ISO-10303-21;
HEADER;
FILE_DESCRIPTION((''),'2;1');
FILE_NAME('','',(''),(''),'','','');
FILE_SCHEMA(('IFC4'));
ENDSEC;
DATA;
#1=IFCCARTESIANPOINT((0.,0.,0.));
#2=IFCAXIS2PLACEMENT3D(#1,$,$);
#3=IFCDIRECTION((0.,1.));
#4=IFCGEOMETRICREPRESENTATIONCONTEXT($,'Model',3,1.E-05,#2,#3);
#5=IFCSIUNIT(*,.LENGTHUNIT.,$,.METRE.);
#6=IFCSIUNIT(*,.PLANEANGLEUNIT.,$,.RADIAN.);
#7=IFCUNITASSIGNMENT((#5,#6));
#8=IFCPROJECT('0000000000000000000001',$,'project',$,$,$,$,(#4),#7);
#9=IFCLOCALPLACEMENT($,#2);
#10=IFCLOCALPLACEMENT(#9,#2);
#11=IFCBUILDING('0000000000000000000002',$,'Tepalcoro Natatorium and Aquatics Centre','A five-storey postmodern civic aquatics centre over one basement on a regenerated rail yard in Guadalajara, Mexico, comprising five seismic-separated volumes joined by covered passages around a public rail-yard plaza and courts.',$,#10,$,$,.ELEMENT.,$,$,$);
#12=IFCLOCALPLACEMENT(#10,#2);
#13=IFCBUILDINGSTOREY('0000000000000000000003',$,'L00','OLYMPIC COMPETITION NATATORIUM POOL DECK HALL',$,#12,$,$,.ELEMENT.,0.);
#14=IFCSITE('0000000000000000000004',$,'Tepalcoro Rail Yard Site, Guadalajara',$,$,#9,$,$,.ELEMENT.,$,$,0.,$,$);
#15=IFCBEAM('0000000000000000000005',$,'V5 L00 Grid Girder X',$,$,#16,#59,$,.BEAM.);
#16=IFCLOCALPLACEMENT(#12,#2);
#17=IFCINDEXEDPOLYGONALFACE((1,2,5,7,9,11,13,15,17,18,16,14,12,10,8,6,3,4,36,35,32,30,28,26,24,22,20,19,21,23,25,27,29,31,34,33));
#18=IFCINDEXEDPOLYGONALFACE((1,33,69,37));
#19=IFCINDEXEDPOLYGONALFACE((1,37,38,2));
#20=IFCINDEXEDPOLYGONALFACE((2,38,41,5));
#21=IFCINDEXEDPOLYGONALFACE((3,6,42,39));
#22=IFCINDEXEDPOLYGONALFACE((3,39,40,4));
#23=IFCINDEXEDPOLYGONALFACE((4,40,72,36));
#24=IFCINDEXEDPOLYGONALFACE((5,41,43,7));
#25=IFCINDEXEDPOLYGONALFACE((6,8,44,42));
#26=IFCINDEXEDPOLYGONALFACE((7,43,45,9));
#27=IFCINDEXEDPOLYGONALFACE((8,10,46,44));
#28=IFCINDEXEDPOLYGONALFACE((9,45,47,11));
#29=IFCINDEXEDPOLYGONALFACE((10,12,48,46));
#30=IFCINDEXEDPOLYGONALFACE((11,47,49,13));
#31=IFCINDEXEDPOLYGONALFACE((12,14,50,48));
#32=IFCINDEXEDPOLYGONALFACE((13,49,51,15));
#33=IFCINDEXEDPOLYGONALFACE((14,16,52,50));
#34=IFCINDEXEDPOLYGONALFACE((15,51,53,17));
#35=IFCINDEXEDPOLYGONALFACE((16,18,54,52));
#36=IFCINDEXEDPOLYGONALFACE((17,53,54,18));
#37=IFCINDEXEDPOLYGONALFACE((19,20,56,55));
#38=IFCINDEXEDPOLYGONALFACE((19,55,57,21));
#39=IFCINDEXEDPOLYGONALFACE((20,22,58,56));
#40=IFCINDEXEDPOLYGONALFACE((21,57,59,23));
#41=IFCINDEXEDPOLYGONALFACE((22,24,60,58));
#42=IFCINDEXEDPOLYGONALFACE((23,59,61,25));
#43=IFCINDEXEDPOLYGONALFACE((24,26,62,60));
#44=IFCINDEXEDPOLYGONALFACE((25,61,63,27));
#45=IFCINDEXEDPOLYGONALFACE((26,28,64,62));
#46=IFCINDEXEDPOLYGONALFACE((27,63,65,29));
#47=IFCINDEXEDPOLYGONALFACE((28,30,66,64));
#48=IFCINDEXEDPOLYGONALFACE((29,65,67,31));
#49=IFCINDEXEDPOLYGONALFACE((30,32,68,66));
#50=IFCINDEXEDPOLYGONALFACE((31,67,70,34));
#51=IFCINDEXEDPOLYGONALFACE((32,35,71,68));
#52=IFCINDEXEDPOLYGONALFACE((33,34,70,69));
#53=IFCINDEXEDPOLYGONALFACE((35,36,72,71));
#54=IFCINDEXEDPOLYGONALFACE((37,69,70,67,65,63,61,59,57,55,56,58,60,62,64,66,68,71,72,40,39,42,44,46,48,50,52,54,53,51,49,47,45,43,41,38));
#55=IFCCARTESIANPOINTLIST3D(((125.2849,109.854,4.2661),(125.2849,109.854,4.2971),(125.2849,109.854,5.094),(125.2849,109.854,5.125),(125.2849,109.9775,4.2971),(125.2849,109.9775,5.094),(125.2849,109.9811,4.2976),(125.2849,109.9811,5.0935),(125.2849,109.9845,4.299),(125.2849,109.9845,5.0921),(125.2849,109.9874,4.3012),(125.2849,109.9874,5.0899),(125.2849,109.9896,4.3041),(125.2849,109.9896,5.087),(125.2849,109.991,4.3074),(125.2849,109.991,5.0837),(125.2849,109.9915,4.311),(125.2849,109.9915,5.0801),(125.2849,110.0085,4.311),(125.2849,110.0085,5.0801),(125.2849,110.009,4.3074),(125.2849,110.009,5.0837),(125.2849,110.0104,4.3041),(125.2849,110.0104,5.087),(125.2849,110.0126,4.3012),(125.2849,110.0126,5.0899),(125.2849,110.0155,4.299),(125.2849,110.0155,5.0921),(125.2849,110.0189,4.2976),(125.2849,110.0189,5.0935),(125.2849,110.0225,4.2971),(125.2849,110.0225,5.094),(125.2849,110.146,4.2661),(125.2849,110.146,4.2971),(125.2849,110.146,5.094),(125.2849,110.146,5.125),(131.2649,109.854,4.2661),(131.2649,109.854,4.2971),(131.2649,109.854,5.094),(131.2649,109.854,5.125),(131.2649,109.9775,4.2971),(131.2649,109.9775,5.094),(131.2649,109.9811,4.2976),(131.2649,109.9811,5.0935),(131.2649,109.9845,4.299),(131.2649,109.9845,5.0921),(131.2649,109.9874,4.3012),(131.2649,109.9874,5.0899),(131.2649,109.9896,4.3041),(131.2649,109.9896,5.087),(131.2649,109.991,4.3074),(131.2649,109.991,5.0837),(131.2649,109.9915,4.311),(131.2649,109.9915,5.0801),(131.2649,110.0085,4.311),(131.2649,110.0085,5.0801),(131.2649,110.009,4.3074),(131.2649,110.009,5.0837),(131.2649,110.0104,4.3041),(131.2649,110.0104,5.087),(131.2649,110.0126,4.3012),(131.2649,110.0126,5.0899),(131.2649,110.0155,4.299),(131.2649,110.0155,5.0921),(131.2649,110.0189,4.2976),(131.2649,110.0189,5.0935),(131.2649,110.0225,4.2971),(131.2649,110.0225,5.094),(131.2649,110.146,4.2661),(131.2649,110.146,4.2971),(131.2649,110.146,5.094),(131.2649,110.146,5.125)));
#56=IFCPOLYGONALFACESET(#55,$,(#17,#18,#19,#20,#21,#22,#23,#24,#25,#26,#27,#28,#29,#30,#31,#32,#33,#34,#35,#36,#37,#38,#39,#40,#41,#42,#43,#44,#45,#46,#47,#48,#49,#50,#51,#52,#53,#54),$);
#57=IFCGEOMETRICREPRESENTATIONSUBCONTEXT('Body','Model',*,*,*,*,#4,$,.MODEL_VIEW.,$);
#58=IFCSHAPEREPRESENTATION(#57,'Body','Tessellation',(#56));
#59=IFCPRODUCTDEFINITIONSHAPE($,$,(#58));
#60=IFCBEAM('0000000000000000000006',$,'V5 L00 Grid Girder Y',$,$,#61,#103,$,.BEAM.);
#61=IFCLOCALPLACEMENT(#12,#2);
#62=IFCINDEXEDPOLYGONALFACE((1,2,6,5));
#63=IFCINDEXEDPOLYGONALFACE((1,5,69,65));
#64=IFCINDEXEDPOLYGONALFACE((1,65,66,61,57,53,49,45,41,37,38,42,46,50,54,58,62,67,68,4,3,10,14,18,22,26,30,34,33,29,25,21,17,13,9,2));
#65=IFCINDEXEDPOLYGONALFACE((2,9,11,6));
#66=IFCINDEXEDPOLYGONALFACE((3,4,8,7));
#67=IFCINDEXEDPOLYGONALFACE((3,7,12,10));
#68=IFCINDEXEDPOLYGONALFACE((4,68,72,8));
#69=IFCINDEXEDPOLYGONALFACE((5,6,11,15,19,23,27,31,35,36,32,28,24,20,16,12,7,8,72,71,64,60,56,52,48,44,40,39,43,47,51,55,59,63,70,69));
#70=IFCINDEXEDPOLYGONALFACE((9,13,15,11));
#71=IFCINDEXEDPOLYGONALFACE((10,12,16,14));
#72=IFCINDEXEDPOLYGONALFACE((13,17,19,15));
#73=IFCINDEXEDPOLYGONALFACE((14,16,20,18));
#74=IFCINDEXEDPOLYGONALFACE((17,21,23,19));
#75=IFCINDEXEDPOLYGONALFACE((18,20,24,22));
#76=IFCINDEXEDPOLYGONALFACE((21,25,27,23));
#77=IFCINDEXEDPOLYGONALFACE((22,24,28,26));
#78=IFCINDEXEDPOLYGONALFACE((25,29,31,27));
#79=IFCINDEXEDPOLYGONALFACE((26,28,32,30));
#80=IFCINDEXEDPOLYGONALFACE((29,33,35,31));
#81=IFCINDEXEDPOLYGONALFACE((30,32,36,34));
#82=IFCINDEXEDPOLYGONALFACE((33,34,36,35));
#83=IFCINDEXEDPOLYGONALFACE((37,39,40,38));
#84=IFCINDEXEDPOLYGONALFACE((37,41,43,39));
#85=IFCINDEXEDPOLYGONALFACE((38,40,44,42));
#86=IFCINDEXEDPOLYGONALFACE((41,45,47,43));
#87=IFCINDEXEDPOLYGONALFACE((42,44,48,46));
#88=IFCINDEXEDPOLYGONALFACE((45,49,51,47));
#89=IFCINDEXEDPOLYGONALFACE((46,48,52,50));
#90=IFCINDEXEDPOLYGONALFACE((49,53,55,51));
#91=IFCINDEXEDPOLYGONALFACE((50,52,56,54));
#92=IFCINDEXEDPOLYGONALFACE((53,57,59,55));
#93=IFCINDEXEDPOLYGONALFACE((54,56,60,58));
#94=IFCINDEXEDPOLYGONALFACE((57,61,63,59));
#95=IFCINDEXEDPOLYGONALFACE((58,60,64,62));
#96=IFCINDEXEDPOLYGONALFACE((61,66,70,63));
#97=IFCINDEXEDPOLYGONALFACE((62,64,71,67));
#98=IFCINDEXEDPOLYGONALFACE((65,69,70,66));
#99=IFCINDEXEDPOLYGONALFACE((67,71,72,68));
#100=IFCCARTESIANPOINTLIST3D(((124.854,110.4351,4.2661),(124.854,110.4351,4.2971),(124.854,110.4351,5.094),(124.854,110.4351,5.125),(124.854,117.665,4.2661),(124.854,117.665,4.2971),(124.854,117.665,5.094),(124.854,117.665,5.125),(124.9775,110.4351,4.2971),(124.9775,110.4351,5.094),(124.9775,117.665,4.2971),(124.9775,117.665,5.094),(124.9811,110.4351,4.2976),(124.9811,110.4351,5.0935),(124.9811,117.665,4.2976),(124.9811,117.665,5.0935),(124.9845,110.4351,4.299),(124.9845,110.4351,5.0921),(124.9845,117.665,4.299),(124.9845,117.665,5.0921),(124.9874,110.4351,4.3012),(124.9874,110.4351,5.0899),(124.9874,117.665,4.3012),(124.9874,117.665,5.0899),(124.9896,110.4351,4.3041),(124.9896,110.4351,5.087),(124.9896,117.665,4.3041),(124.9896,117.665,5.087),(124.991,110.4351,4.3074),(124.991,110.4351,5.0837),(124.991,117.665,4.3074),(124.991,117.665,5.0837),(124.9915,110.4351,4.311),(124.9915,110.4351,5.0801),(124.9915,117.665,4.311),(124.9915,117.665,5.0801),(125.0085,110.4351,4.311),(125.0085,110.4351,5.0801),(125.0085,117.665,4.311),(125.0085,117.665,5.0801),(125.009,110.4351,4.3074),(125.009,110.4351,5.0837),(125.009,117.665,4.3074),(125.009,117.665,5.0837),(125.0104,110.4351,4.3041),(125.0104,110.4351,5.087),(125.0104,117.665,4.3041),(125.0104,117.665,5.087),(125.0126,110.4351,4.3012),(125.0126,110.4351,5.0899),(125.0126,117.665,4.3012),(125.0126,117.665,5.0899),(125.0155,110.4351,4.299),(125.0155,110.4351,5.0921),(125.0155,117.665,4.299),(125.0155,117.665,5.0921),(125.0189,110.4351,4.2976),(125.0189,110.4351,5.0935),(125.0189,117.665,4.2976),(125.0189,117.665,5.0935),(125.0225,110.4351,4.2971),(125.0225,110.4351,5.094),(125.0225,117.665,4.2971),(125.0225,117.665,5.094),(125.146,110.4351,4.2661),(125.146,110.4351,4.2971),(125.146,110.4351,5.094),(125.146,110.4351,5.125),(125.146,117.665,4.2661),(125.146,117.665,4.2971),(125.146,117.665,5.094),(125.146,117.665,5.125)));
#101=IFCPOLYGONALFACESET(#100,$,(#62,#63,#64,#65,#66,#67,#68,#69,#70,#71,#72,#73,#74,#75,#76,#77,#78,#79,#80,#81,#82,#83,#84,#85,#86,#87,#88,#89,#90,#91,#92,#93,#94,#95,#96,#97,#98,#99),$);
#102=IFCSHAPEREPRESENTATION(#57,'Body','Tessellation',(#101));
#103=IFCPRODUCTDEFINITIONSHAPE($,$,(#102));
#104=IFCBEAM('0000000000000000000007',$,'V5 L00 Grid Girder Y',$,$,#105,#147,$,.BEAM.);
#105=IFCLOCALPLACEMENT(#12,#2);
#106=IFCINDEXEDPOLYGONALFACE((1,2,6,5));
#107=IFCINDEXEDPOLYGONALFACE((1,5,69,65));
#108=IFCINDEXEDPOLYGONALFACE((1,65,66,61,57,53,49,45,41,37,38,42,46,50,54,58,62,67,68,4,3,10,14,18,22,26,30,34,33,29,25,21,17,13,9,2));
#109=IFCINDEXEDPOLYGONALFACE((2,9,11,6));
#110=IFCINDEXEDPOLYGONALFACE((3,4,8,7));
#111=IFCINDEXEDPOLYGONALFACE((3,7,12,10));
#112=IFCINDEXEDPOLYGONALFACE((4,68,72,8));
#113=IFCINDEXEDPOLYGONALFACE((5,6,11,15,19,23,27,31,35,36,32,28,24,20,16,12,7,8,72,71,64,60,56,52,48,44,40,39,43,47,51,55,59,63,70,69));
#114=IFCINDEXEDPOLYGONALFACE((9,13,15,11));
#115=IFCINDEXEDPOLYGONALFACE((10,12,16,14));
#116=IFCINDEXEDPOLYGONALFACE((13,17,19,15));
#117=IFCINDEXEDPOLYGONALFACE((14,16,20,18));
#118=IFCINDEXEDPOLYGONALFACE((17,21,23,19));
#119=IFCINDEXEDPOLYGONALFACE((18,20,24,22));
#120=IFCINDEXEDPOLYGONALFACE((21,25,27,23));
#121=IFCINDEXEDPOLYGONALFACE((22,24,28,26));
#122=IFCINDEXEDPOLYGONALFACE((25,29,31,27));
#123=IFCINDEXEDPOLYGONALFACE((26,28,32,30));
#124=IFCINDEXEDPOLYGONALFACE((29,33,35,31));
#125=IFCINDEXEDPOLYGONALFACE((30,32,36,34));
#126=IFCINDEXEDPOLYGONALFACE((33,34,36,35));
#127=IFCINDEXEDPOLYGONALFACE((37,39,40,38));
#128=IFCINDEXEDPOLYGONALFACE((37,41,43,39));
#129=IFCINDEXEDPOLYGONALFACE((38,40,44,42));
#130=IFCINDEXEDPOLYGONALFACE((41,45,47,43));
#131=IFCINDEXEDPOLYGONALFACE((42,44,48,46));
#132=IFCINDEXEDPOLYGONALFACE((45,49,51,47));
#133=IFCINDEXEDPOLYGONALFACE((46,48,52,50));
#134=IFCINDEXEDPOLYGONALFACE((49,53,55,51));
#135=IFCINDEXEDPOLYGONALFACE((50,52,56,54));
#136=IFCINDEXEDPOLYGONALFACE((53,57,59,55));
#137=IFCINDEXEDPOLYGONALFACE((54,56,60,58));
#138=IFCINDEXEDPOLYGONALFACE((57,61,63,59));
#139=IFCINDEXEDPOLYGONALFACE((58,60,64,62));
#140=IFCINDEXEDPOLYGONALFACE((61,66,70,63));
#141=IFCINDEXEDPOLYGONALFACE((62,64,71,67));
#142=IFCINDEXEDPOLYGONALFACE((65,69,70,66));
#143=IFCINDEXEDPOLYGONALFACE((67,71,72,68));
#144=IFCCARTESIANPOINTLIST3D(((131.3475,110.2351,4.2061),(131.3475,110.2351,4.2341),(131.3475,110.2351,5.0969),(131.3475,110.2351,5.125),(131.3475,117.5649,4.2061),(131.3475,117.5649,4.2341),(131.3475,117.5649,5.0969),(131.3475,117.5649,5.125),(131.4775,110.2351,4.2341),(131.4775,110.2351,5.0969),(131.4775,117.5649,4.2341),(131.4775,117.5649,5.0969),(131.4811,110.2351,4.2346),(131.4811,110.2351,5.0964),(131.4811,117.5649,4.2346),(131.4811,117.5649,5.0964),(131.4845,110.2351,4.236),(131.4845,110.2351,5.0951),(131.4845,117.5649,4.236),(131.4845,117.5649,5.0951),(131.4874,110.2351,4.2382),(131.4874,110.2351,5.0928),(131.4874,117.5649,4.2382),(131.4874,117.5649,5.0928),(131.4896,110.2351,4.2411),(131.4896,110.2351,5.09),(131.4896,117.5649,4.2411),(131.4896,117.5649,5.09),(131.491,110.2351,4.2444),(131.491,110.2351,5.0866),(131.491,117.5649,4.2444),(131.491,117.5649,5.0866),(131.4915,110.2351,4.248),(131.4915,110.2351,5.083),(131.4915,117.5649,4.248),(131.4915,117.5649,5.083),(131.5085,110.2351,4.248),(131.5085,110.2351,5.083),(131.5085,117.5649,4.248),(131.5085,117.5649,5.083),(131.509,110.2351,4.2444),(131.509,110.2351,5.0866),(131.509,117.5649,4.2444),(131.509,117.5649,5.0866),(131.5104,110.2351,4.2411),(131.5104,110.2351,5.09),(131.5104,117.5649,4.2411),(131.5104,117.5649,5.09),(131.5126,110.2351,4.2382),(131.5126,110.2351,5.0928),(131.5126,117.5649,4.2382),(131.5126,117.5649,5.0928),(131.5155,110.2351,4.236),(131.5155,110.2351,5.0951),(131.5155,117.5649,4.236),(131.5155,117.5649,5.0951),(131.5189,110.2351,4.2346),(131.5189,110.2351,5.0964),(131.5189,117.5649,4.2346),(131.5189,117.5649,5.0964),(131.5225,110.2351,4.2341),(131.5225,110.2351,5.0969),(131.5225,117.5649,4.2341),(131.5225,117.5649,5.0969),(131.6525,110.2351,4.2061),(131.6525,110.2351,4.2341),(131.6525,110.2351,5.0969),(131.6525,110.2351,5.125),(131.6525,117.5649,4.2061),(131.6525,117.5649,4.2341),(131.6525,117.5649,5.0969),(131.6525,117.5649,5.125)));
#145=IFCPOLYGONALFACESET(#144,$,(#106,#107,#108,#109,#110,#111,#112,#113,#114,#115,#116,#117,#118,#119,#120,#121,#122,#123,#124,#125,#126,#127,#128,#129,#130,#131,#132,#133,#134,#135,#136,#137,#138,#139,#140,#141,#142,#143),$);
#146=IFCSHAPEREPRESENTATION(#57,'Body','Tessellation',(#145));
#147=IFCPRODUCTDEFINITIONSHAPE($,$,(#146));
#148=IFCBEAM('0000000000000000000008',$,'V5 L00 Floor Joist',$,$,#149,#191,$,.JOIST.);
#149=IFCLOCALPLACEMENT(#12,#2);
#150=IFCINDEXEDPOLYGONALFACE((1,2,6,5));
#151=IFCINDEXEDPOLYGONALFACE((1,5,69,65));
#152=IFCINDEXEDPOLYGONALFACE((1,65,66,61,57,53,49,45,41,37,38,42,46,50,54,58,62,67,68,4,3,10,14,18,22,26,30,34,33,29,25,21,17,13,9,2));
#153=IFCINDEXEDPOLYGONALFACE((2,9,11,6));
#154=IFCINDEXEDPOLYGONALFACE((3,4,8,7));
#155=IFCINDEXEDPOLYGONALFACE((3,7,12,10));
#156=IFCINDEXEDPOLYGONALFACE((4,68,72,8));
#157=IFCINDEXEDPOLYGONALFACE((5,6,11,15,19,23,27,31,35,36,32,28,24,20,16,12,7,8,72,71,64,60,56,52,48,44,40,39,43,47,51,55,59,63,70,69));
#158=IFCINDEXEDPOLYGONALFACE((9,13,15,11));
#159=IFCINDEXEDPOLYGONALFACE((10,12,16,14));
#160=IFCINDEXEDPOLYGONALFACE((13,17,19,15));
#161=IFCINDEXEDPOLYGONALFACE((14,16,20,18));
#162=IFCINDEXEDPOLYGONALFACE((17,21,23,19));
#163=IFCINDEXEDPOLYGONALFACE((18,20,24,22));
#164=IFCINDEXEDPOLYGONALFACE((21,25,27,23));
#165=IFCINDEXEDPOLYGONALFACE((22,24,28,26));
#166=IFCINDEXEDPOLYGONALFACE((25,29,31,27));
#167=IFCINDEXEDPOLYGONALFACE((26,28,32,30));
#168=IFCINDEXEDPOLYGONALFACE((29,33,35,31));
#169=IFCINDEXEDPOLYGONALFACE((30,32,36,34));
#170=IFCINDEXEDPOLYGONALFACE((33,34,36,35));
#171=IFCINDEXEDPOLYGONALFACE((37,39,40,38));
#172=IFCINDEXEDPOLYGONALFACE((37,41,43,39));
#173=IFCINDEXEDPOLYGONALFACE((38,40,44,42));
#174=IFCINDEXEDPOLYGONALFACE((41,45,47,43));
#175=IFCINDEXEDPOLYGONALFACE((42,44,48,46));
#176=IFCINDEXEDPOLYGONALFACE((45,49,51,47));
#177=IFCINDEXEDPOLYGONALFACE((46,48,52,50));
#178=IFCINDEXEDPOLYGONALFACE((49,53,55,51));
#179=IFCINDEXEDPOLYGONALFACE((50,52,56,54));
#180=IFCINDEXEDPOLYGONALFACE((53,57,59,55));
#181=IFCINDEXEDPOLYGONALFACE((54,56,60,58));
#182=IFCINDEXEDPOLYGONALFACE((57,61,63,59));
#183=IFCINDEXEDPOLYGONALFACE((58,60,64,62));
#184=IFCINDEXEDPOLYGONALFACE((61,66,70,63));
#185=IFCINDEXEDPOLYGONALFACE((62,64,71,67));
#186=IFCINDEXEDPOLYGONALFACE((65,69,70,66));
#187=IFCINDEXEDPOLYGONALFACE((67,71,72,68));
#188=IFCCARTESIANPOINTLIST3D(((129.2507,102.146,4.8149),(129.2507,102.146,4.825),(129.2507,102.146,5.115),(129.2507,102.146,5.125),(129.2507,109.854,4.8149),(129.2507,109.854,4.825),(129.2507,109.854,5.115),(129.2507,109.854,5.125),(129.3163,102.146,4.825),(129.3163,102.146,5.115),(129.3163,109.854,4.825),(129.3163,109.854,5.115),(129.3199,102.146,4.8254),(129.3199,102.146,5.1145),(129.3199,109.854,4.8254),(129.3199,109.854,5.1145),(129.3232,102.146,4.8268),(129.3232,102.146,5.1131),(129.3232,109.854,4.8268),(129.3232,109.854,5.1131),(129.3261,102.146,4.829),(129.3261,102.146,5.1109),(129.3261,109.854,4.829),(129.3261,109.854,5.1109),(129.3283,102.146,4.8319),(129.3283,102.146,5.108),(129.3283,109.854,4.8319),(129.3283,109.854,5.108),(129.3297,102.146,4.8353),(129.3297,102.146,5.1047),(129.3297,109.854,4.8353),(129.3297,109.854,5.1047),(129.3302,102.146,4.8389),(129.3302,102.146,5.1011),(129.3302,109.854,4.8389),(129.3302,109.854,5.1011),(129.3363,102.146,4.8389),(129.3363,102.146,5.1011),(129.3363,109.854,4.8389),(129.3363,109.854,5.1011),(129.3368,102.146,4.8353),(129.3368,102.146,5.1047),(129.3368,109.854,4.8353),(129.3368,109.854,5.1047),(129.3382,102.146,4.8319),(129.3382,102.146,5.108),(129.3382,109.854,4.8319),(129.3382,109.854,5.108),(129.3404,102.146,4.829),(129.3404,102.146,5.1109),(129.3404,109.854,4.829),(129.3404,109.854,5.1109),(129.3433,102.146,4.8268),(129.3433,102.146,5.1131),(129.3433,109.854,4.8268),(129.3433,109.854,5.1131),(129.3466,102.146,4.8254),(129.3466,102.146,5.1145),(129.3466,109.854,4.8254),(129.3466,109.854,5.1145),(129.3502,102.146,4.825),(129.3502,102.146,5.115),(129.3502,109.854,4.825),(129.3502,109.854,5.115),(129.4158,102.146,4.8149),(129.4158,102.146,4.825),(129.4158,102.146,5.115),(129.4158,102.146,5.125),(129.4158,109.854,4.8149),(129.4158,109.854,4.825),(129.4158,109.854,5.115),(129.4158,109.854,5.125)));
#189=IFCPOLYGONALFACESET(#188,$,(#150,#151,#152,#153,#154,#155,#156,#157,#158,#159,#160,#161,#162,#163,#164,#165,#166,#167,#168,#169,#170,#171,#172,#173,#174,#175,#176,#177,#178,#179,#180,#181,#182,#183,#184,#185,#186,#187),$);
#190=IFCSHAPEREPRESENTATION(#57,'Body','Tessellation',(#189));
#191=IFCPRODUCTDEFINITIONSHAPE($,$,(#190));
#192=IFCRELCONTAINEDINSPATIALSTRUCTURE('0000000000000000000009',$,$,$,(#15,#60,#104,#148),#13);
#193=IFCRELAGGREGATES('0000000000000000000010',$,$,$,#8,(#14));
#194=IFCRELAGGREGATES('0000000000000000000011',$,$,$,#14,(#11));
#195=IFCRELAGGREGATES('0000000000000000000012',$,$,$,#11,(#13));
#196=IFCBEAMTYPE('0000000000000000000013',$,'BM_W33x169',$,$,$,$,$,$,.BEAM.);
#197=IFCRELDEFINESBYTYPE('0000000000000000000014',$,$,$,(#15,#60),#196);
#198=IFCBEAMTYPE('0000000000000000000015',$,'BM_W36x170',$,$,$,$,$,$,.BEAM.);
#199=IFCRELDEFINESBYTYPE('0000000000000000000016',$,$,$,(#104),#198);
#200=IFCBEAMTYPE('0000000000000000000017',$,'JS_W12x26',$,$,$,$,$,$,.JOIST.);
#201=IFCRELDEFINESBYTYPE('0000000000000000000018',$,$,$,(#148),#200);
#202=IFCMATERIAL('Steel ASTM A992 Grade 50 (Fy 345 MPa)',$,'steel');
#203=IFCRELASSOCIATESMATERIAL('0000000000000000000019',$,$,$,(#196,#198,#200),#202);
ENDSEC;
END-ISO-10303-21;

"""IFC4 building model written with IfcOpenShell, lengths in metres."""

from ifc_helpers import new_model, si_unit, direction, frame, origin, origin_2d, place, context, subcontext, project, spatial, i_section, extrude, material, material_profile, profile_set, type_object, element, save


model = new_model("IFC4")

# Units and contexts
model_context = context("Model", 3, precision=1e-05, world=origin(), true_north=direction((0.0, 1.0)))
body_context = subcontext(model_context, "Body", "Model", "MODEL_VIEW")
ifc_project = project(units=[si_unit("LENGTHUNIT", "METRE"), si_unit("PLANEANGLEUNIT", "RADIAN")], contexts=[model_context])

# Site, building, storey
site_placement = place(None, origin())
site = spatial("IfcSite", under=ifc_project, at=site_placement, Name="Tepalcoro Rail Yard Site, Guadalajara", CompositionType="ELEMENT", RefElevation=0.0)
building_placement = place(site_placement, origin())
building = spatial("IfcBuilding", under=site, at=building_placement, Name="Tepalcoro Natatorium and Aquatics Centre", Description="A five-storey postmodern civic aquatics centre over one basement on a regenerated rail yard in Guadalajara, Mexico, comprising five seismic-separated volumes joined by covered passages around a public rail-yard plaza and courts.", CompositionType="ELEMENT")
storey_placement = place(building_placement, origin())
storey = spatial("IfcBuildingStorey", under=building, at=storey_placement, Name="L00", Description="OLYMPIC COMPETITION NATATORIUM POOL DECK HALL", CompositionType="ELEMENT", Elevation=0.0)

# Beams
ifc_material_1 = material(Name="Steel ASTM A992 Grade 50 (Fy 345 MPa)", Category="steel")
ifc_material_profile_1 = material_profile(ifc_material_1, i_section(OverallWidth=0.292, OverallDepth=0.8589, WebThickness=0.0171, FlangeThickness=0.031, FilletRadius=0.0139, at=origin_2d()), Name="W33X169")
ifc_profile_set_1 = profile_set([ifc_material_profile_1], Name="Steel ASTM A992 Grade 50 (Fy 345 MPa)")
beam_type_1 = type_object("IfcBeamType", Name="BM_W33x169", PredefinedType="BEAM", material=ifc_profile_set_1)
beam_1_placement = place(storey_placement, frame((125.2849, 110.0, 4.6956), z_axis=(1.0, 0.0, 0.0), x_axis=(0.0, 1.0, 0.0)))
element("IfcBeam", 1, at=beam_1_placement, inside=storey, type_object=beam_type_1, Name="V5 L00 Grid Girder X", PredefinedType="BEAM", context=body_context, shape_type="SweptSolid", body=[
    extrude(i_section(OverallWidth=0.292, OverallDepth=0.8589, WebThickness=0.0171, FlangeThickness=0.031, FilletRadius=0.0139, at=origin_2d()), origin(), (0.0, 0.0, 1.0), 5.98),
])
beam_2_placement = place(storey_placement, frame((125.0, 110.4351, 4.6956), z_axis=(0.0, 1.0, 0.0), x_axis=(-1.0, 0.0, 0.0)))
element("IfcBeam", 2, at=beam_2_placement, inside=storey, type_object=beam_type_1, Name="V5 L00 Grid Girder Y", PredefinedType="BEAM", context=body_context, shape_type="SweptSolid", body=[
    extrude(i_section(OverallWidth=0.292, OverallDepth=0.8589, WebThickness=0.0171, FlangeThickness=0.031, FilletRadius=0.0139, at=origin_2d()), origin(), (0.0, 0.0, 1.0), 7.23),
])
ifc_material_profile_2 = material_profile(ifc_material_1, i_section(OverallWidth=0.3049, OverallDepth=0.9189, WebThickness=0.0171, FlangeThickness=0.0281, FilletRadius=0.0139, at=origin_2d()), Name="W36X170")
ifc_profile_set_2 = profile_set([ifc_material_profile_2], Name="Steel ASTM A992 Grade 50 (Fy 345 MPa)")
beam_type_2 = type_object("IfcBeamType", Name="BM_W36x170", PredefinedType="BEAM", material=ifc_profile_set_2)
beam_3_placement = place(storey_placement, frame((131.5, 110.2351, 4.6655), z_axis=(0.0, 1.0, 0.0), x_axis=(-1.0, 0.0, 0.0)))
element("IfcBeam", 3, at=beam_3_placement, inside=storey, type_object=beam_type_2, Name="V5 L00 Grid Girder Y", PredefinedType="BEAM", context=body_context, shape_type="SweptSolid", body=[
    extrude(i_section(OverallWidth=0.3049, OverallDepth=0.9189, WebThickness=0.0171, FlangeThickness=0.0281, FilletRadius=0.0139, at=origin_2d()), origin(), (0.0, 0.0, 1.0), 7.3298),
])
ifc_material_profile_3 = material_profile(ifc_material_1, i_section(OverallWidth=0.165, OverallDepth=0.3101, WebThickness=0.0061, FlangeThickness=0.01, FilletRadius=0.0139, at=origin_2d()), Name="W12X26")
ifc_profile_set_3 = profile_set([ifc_material_profile_3], Name="Steel ASTM A992 Grade 50 (Fy 345 MPa)")
beam_type_3 = type_object("IfcBeamType", Name="JS_W12x26", PredefinedType="JOIST", material=ifc_profile_set_3)
beam_4_placement = place(storey_placement, frame((129.3333, 102.146, 4.97), z_axis=(0.0, 1.0, 0.0), x_axis=(-1.0, 0.0, 0.0)))
element("IfcBeam", 4, at=beam_4_placement, inside=storey, type_object=beam_type_3, Name="V5 L00 Floor Joist", PredefinedType="JOIST", context=body_context, shape_type="SweptSolid", body=[
    extrude(i_section(OverallWidth=0.165, OverallDepth=0.3101, WebThickness=0.0061, FlangeThickness=0.01, FilletRadius=0.0139, at=origin_2d()), origin(), (0.0, 0.0, 1.0), 7.708),
])

save(model, "model.ifc")
